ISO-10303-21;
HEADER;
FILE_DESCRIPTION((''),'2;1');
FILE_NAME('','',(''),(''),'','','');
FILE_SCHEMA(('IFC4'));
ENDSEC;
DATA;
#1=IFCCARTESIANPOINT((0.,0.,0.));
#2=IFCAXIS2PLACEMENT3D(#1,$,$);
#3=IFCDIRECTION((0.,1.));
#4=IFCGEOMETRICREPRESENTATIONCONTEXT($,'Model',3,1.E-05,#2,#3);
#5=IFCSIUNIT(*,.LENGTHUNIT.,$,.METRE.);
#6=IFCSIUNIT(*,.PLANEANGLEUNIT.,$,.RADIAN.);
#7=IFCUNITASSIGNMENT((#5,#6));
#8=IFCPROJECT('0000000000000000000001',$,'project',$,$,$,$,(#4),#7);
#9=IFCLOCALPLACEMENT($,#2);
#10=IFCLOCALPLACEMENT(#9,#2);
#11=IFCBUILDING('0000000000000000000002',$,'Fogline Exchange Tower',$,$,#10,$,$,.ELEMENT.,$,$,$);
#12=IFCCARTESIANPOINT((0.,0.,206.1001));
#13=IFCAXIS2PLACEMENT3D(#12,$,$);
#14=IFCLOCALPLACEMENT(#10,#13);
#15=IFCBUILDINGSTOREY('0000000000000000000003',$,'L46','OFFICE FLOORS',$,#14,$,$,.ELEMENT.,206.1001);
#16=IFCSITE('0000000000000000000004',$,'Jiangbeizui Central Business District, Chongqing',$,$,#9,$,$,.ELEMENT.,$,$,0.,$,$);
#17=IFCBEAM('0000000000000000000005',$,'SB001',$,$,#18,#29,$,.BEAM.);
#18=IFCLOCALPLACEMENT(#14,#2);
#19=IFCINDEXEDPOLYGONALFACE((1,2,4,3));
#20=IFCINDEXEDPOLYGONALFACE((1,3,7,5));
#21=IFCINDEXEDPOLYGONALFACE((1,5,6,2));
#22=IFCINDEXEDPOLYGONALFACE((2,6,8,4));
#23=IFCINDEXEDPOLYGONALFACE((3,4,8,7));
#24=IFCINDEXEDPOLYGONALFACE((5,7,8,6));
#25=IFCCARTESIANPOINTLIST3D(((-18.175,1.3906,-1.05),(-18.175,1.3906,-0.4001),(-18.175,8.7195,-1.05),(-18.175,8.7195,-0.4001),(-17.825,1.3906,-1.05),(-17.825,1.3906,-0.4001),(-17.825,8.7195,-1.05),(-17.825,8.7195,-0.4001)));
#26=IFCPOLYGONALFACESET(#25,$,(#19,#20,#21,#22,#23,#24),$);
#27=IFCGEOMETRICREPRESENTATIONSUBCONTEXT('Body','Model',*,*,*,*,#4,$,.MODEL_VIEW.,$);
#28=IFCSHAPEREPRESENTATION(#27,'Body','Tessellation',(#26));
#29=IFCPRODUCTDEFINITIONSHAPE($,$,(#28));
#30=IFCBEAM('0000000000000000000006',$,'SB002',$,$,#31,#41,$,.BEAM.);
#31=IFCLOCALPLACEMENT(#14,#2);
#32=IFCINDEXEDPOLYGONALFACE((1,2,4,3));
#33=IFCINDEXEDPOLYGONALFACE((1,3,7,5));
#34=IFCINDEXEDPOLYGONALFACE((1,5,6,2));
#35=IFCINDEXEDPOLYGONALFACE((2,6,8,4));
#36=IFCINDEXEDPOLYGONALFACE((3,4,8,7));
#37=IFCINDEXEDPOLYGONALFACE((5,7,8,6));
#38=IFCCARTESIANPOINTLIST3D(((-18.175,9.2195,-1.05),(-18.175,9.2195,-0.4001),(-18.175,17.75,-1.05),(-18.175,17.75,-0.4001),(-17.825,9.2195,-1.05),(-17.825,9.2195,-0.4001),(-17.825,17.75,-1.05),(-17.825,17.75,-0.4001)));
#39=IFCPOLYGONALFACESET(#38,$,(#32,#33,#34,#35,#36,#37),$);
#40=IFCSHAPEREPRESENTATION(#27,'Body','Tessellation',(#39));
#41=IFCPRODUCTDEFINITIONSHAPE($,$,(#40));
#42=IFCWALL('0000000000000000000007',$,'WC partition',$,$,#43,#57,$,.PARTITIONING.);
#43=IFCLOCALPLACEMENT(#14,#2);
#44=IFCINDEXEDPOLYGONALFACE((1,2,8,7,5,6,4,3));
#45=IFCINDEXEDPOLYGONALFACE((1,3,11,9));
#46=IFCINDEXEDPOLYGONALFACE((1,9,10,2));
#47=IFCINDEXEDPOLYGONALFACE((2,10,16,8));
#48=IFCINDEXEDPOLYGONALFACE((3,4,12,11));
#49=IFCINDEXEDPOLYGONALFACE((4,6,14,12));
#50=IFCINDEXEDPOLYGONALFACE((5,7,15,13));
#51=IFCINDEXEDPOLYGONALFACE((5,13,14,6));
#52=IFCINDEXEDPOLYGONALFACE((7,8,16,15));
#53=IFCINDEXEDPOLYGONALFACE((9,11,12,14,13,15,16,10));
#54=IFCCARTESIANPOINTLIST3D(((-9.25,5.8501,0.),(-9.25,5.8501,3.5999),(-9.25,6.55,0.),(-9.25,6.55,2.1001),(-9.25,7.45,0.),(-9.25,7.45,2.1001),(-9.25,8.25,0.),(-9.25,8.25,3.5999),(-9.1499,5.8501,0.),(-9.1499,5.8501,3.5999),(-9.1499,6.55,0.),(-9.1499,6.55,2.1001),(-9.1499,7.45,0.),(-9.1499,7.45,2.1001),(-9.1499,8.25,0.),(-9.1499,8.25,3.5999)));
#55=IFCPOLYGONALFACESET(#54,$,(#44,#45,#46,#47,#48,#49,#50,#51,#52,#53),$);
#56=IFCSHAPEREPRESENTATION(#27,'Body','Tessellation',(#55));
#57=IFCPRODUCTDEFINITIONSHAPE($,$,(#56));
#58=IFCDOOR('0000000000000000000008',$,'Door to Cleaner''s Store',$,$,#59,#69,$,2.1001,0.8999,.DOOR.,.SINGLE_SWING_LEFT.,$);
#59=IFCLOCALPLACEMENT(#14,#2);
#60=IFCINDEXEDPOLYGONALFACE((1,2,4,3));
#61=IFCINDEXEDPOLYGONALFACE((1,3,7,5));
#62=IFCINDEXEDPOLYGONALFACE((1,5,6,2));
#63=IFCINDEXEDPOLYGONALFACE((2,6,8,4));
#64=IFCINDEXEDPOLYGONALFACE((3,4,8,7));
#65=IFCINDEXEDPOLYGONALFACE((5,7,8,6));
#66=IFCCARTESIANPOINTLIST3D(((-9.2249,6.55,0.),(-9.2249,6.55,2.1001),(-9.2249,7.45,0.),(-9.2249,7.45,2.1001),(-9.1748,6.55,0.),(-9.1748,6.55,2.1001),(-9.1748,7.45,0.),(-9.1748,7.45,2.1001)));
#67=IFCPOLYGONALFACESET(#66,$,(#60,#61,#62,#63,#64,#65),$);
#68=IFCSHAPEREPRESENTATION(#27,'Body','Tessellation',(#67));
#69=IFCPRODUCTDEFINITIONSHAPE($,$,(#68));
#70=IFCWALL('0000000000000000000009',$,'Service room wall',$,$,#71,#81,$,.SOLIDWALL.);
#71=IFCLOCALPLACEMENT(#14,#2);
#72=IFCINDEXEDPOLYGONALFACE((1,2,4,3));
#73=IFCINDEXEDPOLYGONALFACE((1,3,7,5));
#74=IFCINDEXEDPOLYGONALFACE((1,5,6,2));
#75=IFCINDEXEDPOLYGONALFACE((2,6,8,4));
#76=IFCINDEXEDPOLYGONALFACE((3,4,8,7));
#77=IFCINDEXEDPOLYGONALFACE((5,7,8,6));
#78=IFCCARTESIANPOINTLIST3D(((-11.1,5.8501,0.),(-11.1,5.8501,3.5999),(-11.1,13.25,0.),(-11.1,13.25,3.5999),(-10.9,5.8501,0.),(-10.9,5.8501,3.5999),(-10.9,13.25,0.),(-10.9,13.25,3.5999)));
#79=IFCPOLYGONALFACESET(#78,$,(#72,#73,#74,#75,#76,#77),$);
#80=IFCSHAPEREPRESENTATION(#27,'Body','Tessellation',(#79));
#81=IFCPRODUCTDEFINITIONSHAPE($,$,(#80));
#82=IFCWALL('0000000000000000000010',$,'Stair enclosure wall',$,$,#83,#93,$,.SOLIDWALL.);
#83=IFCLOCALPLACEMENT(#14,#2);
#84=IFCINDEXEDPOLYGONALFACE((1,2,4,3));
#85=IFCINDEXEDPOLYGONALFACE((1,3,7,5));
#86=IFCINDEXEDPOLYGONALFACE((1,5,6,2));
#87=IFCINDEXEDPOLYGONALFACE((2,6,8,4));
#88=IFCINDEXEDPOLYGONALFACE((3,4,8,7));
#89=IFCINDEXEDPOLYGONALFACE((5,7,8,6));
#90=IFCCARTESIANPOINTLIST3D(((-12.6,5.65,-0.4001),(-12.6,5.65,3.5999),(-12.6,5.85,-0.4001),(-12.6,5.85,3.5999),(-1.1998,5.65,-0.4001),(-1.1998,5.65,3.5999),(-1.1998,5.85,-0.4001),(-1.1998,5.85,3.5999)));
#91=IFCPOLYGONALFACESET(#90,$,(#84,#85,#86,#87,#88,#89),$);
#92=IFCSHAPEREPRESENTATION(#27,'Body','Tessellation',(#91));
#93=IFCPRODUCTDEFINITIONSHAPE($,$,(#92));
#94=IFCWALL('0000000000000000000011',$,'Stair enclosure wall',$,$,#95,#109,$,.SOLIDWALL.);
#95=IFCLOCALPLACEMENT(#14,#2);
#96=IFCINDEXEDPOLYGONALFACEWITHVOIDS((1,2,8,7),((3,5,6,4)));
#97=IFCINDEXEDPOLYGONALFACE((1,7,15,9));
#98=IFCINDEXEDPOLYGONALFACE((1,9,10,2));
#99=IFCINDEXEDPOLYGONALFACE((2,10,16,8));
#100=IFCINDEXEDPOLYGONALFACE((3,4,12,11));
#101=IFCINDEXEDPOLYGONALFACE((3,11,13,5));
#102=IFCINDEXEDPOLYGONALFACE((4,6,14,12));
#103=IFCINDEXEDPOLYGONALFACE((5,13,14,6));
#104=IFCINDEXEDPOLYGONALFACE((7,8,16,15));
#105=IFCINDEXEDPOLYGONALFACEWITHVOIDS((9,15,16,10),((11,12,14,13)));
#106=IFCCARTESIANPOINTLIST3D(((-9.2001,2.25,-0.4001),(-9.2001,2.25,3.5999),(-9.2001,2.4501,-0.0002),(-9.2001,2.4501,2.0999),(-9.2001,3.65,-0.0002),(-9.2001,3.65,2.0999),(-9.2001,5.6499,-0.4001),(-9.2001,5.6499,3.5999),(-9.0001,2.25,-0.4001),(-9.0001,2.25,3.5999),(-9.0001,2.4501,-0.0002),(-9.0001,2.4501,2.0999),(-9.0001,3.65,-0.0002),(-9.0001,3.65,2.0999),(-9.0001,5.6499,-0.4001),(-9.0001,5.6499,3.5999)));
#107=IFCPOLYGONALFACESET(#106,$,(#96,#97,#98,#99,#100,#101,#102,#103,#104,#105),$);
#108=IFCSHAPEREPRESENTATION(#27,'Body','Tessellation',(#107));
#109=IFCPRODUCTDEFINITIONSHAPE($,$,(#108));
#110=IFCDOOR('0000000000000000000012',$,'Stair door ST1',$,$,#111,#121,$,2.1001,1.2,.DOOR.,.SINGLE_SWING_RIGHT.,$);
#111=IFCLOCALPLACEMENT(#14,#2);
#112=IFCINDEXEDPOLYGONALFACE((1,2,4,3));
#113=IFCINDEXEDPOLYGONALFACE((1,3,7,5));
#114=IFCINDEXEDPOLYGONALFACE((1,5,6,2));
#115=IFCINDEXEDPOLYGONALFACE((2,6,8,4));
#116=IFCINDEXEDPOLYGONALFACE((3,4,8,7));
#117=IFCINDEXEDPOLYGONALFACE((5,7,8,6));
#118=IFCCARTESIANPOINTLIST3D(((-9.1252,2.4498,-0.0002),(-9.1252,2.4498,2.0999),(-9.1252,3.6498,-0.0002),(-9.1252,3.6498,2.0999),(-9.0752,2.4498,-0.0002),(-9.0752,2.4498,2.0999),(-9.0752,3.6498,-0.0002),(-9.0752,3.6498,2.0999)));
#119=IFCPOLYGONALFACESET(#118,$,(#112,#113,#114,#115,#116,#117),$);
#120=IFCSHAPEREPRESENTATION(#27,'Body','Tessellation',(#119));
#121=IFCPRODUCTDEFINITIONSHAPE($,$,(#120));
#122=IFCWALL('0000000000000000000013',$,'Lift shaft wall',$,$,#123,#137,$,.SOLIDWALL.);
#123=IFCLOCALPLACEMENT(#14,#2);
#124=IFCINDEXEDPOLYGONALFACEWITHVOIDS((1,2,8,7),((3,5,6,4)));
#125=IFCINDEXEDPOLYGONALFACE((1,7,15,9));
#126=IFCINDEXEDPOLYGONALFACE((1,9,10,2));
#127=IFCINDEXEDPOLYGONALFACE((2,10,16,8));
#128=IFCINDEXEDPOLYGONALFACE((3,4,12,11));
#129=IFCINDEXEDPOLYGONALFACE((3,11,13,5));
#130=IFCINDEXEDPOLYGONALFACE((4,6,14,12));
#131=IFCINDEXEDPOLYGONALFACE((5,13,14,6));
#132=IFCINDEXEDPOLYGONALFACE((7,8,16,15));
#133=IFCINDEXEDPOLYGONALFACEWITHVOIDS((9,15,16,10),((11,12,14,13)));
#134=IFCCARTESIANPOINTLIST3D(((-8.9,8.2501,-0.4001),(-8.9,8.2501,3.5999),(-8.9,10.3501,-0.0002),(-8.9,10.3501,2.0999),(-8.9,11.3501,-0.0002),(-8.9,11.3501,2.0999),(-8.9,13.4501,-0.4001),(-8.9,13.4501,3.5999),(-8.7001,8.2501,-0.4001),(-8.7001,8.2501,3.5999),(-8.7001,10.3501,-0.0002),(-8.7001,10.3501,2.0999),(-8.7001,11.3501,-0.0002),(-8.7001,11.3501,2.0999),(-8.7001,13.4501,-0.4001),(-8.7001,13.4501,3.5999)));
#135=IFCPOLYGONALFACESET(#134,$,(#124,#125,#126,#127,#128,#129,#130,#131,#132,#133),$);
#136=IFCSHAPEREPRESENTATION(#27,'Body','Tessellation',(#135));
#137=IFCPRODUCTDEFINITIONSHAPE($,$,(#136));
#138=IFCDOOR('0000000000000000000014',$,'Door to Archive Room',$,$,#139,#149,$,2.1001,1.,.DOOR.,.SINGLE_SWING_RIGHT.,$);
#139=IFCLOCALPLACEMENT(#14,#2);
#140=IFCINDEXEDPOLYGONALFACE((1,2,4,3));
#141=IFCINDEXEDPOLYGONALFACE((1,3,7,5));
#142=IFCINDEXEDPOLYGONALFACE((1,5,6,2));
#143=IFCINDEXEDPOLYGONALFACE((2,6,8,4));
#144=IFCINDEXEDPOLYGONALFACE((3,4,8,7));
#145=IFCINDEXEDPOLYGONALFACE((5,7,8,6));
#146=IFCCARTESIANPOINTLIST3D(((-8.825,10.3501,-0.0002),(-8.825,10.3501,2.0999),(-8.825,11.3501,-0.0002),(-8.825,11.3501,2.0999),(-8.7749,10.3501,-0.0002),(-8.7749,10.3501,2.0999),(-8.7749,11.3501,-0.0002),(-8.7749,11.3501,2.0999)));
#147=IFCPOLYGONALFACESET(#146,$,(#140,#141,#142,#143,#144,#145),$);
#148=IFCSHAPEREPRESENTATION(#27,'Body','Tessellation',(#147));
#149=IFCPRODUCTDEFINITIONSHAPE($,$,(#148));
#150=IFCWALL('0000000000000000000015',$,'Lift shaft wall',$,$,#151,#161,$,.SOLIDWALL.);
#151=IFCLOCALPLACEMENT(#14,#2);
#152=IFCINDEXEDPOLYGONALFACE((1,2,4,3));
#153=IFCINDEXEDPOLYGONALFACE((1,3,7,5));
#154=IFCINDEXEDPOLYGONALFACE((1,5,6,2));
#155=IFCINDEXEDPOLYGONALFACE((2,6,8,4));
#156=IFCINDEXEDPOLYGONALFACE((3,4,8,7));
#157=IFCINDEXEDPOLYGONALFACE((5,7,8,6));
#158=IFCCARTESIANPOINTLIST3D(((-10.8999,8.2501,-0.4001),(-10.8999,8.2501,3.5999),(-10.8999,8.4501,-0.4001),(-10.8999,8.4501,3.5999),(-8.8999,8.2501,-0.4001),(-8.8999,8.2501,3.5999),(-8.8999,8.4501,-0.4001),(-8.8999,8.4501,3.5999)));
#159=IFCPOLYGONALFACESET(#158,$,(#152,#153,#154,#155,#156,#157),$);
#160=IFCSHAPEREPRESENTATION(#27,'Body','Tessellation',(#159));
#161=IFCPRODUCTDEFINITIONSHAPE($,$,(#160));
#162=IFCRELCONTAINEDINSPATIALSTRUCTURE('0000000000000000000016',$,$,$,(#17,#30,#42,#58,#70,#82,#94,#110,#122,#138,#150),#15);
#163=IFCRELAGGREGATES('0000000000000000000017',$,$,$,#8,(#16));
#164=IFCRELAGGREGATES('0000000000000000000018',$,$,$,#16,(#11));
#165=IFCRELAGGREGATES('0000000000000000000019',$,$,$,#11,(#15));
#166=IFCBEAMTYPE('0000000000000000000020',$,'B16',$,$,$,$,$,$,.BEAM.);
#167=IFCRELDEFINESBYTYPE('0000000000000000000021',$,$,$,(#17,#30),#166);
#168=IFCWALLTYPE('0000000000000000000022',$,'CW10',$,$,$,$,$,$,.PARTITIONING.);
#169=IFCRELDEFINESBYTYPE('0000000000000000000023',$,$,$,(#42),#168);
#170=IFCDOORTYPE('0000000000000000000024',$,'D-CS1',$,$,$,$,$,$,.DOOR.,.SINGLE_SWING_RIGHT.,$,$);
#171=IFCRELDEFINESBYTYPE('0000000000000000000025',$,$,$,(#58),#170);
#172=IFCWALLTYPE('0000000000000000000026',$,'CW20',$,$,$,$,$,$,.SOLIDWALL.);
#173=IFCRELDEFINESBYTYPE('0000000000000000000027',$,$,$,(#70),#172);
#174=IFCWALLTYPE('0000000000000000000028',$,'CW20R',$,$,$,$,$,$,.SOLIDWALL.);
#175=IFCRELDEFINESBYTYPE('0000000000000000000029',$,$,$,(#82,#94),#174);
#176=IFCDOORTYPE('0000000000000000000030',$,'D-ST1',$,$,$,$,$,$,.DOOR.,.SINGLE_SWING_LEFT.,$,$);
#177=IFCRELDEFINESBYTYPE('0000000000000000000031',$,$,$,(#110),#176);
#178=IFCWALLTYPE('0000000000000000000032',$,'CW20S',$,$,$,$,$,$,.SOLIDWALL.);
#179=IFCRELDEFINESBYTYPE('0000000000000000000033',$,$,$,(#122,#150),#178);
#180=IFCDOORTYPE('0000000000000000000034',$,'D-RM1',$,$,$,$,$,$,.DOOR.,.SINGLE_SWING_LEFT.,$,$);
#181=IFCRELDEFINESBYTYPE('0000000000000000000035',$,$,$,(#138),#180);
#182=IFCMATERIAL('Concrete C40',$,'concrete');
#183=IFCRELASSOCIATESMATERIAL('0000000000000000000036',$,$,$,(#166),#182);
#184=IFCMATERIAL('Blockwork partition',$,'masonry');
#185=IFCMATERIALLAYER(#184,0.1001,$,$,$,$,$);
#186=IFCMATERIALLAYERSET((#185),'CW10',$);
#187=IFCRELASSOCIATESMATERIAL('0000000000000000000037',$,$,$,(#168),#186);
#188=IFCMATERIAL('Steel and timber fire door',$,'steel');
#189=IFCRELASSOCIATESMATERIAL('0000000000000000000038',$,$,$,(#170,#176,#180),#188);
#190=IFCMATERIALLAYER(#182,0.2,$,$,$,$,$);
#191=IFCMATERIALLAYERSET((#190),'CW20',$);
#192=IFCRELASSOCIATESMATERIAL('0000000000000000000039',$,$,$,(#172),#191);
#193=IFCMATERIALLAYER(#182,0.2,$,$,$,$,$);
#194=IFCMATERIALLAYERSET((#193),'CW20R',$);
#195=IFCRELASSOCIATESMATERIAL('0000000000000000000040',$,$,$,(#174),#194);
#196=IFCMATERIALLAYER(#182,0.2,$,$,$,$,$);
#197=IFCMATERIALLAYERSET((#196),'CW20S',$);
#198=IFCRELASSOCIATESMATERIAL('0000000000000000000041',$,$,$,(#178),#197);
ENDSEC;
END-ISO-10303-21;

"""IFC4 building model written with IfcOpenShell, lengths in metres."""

from ifc_helpers import new_model, si_unit, direction, frame, frame_2d, origin, origin_2d, place, context, subcontext, project, spatial, rectangle, extrude, material, layer, layer_set, material_profile, profile_set, type_object, element, fill, save


model = new_model("IFC4")

# Units and contexts
model_context = context("Model", 3, precision=1e-05, world=origin(), true_north=direction((0.0, 1.0)))
body_context = subcontext(model_context, "Body", "Model", "MODEL_VIEW")
ifc_project = project(units=[si_unit("LENGTHUNIT", "METRE"), si_unit("PLANEANGLEUNIT", "RADIAN")], contexts=[model_context])

# Site, building, storey
site_placement = place(None, origin())
site = spatial("IfcSite", under=ifc_project, at=site_placement, Name="Jiangbeizui Central Business District, Chongqing", CompositionType="ELEMENT", RefElevation=0.0)
building_placement = place(site_placement, origin())
building = spatial("IfcBuilding", under=site, at=building_placement, Name="Fogline Exchange Tower", CompositionType="ELEMENT")
storey_placement = place(building_placement, frame((0.0, 0.0, 206.1001)))
storey = spatial("IfcBuildingStorey", under=building, at=storey_placement, Name="L46", Description="OFFICE FLOORS", CompositionType="ELEMENT", Elevation=206.1001)

# Beams
ifc_material_1 = material(Name="Concrete C40", Category="concrete")
ifc_material_profile = material_profile(ifc_material_1, rectangle(XDim=0.3501, YDim=0.6499, at=origin_2d()), Name="RC 350x650")
ifc_profile_set = profile_set([ifc_material_profile], Name="Concrete C40")
beam_type = type_object("IfcBeamType", Name="B16", PredefinedType="BEAM", material=ifc_profile_set)
beam_1_placement = place(storey_placement, frame((-18.0, 1.3906, -0.7251), z_axis=(0.0, 1.0, 0.0), x_axis=(-1.0, 0.0, 0.0)))
element("IfcBeam", 1, at=beam_1_placement, inside=storey, type_object=beam_type, Name="SB001", PredefinedType="BEAM", context=body_context, shape_type="SweptSolid", body=[
    extrude(rectangle(XDim=0.3501, YDim=0.6499, at=origin_2d()), origin(), (0.0, 0.0, 1.0), 7.3289),
])
beam_2_placement = place(storey_placement, frame((-18.0, 9.2195, -0.7251), z_axis=(0.0, 1.0, 0.0), x_axis=(-1.0, 0.0, 0.0)))
element("IfcBeam", 2, at=beam_2_placement, inside=storey, type_object=beam_type, Name="SB002", PredefinedType="BEAM", context=body_context, shape_type="SweptSolid", body=[
    extrude(rectangle(XDim=0.3501, YDim=0.6499, at=origin_2d()), origin(), (0.0, 0.0, 1.0), 8.5305),
])

# Wall, opening, door
ifc_material_2 = material(Name="Blockwork partition", Category="masonry")
ifc_layer_1 = layer(ifc_material_2, 0.1001)
ifc_layer_set_1 = layer_set([ifc_layer_1], Name="CW10")
wall_type_1 = type_object("IfcWallType", Name="CW10", PredefinedType="PARTITIONING", material=ifc_layer_set_1)
wall_1_placement = place(storey_placement, frame((-9.2, 5.8501, 0.0), z_axis=(0.0, 0.0, 1.0), x_axis=(0.0, 1.0, 0.0)))
wall_1 = element("IfcWall", 3, at=wall_1_placement, inside=storey, type_object=wall_type_1, Name="WC partition", PredefinedType="PARTITIONING", context=body_context, shape_type="SweptSolid", body=[
    extrude(rectangle(XDim=2.3999, YDim=0.1001, at=frame_2d((1.2, 0.0))), origin(), (0.0, 0.0, 1.0), 3.5999),
])
opening_1_placement = place(wall_1_placement, frame((0.7, 0.0, 0.0)))
opening_1 = element("IfcOpeningElement", 4, at=opening_1_placement, cuts=wall_1, PredefinedType="OPENING", context=body_context, shape_type="SweptSolid", body=[
    extrude(rectangle(XDim=0.8999, YDim=2.1001, at=frame_2d((0.45, 1.05))), frame((0.0, 0.0601, 0.0), z_axis=(0.0, -1.0, 0.0), x_axis=(1.0, 0.0, 0.0)), (0.0, 0.0, 1.0), 0.1201),
])
ifc_material_3 = material(Name="Steel and timber fire door", Category="steel")
door_type_1 = type_object("IfcDoorType", Name="D-CS1", OperationType="SINGLE_SWING_RIGHT", PredefinedType="DOOR", material=ifc_material_3)
door_1_placement = place(opening_1_placement, origin())
door_1 = element("IfcDoor", 5, at=door_1_placement, inside=storey, type_object=door_type_1, Name="Door to Cleaner's Store", OperationType="SINGLE_SWING_LEFT", OverallHeight=2.1001, OverallWidth=0.8999, PredefinedType="DOOR", context=body_context, shape_type="SweptSolid", body=[
    extrude(rectangle(XDim=0.8999, YDim=2.1001, at=frame_2d((0.45, 1.05))), frame((0.0, 0.0249, 0.0), z_axis=(0.0, -1.0, 0.0), x_axis=(1.0, 0.0, 0.0)), (0.0, 0.0, 1.0), 0.05),
])
fill(opening_1, door_1)

# Walls
ifc_layer_2 = layer(ifc_material_1, 0.2)
ifc_layer_set_2 = layer_set([ifc_layer_2], Name="CW20")
wall_type_2 = type_object("IfcWallType", Name="CW20", PredefinedType="SOLIDWALL", material=ifc_layer_set_2)
wall_2_placement = place(storey_placement, frame((-11.0, 5.8501, 0.0), z_axis=(0.0, 0.0, 1.0), x_axis=(0.0, 1.0, 0.0)))
element("IfcWall", 6, at=wall_2_placement, inside=storey, type_object=wall_type_2, Name="Service room wall", PredefinedType="SOLIDWALL", context=body_context, shape_type="SweptSolid", body=[
    extrude(rectangle(XDim=7.3999, YDim=0.2, at=frame_2d((3.7, 0.0))), origin(), (0.0, 0.0, 1.0), 3.5999),
])
ifc_layer_3 = layer(ifc_material_1, 0.2)
ifc_layer_set_3 = layer_set([ifc_layer_3], Name="CW20R")
wall_type_3 = type_object("IfcWallType", Name="CW20R", PredefinedType="SOLIDWALL", material=ifc_layer_set_3)
wall_3_placement = place(storey_placement, frame((-12.6001, 5.75, -0.4001), z_axis=(0.0, 0.0, 1.0), x_axis=(1.0, 0.0, 0.0)))
element("IfcWall", 7, at=wall_3_placement, inside=storey, type_object=wall_type_3, Name="Stair enclosure wall", PredefinedType="SOLIDWALL", context=body_context, shape_type="SweptSolid", body=[
    extrude(rectangle(XDim=11.4001, YDim=0.2, at=frame_2d((5.7002, 0.0))), origin(), (0.0, 0.0, 1.0), 4.0),
])

# Walls, openings, doors
wall_4_placement = place(storey_placement, frame((-9.1001, 2.25, -0.4001), z_axis=(0.0, 0.0, 1.0), x_axis=(0.0, 1.0, 0.0)))
wall_4 = element("IfcWall", 8, at=wall_4_placement, inside=storey, type_object=wall_type_3, Name="Stair enclosure wall", PredefinedType="SOLIDWALL", context=body_context, shape_type="SweptSolid", body=[
    extrude(rectangle(XDim=3.3999, YDim=0.2, at=frame_2d((1.7, 0.0))), origin(), (0.0, 0.0, 1.0), 4.0),
])
opening_2_placement = place(wall_4_placement, frame((0.2, 0.0, 0.3999)))
opening_2 = element("IfcOpeningElement", 9, at=opening_2_placement, cuts=wall_4, PredefinedType="OPENING", context=body_context, shape_type="SweptSolid", body=[
    extrude(rectangle(XDim=1.2, YDim=2.1001, at=frame_2d((0.6001, 1.05))), frame((0.0, 0.1099, 0.0), z_axis=(0.0, -1.0, 0.0), x_axis=(1.0, 0.0, 0.0)), (0.0, 0.0, 1.0), 0.22),
])
door_type_2 = type_object("IfcDoorType", Name="D-ST1", OperationType="SINGLE_SWING_LEFT", PredefinedType="DOOR", material=ifc_material_3)
door_2_placement = place(opening_2_placement, frame((1.2, 0.0, 0.0), z_axis=(0.0, 0.0, 1.0), x_axis=(-1.0, 0.0, 0.0)))
door_2 = element("IfcDoor", 10, at=door_2_placement, inside=storey, type_object=door_type_2, Name="Stair door ST1", OperationType="SINGLE_SWING_RIGHT", OverallHeight=2.1001, OverallWidth=1.2, PredefinedType="DOOR", context=body_context, shape_type="SweptSolid", body=[
    extrude(rectangle(XDim=1.2, YDim=2.1001, at=frame_2d((0.6001, 1.05))), frame((0.0, 0.0249, 0.0), z_axis=(0.0, -1.0, 0.0), x_axis=(1.0, 0.0, 0.0)), (0.0, 0.0, 1.0), 0.05),
])
fill(opening_2, door_2)
ifc_layer_4 = layer(ifc_material_1, 0.2)
ifc_layer_set_4 = layer_set([ifc_layer_4], Name="CW20S")
wall_type_4 = type_object("IfcWallType", Name="CW20S", PredefinedType="SOLIDWALL", material=ifc_layer_set_4)
wall_5_placement = place(storey_placement, frame((-8.8, 8.25, -0.4001), z_axis=(0.0, 0.0, 1.0), x_axis=(0.0, 1.0, 0.0)))
wall_5 = element("IfcWall", 11, at=wall_5_placement, inside=storey, type_object=wall_type_4, Name="Lift shaft wall", PredefinedType="SOLIDWALL", context=body_context, shape_type="SweptSolid", body=[
    extrude(rectangle(XDim=5.2, YDim=0.2, at=frame_2d((2.6001, 0.0))), origin(), (0.0, 0.0, 1.0), 4.0),
])
opening_3_placement = place(wall_5_placement, frame((2.1001, 0.0, 0.3999)))
opening_3 = element("IfcOpeningElement", 12, at=opening_3_placement, cuts=wall_5, PredefinedType="OPENING", context=body_context, shape_type="SweptSolid", body=[
    extrude(rectangle(XDim=1.0, YDim=2.1001, at=frame_2d((0.5, 1.05))), frame((0.0, 0.1099, 0.0), z_axis=(0.0, -1.0, 0.0), x_axis=(1.0, 0.0, 0.0)), (0.0, 0.0, 1.0), 0.22),
])
door_type_3 = type_object("IfcDoorType", Name="D-RM1", OperationType="SINGLE_SWING_LEFT", PredefinedType="DOOR", material=ifc_material_3)
door_3_placement = place(opening_3_placement, origin())
door_3 = element("IfcDoor", 13, at=door_3_placement, inside=storey, type_object=door_type_3, Name="Door to Archive Room", OperationType="SINGLE_SWING_RIGHT", OverallHeight=2.1001, OverallWidth=1.0, PredefinedType="DOOR", context=body_context, shape_type="SweptSolid", body=[
    extrude(rectangle(XDim=1.0, YDim=2.1001, at=frame_2d((0.5, 1.05))), frame((0.0, 0.0249, 0.0), z_axis=(0.0, -1.0, 0.0), x_axis=(1.0, 0.0, 0.0)), (0.0, 0.0, 1.0), 0.05),
])
fill(opening_3, door_3)

# Wall
wall_6_placement = place(storey_placement, frame((-10.8999, 8.3501, -0.4001), z_axis=(0.0, 0.0, 1.0), x_axis=(1.0, 0.0, 0.0)))
element("IfcWall", 14, at=wall_6_placement, inside=storey, type_object=wall_type_4, Name="Lift shaft wall", PredefinedType="SOLIDWALL", context=body_context, shape_type="SweptSolid", body=[
    extrude(rectangle(XDim=2.0, YDim=0.2, at=frame_2d((1.0, 0.0))), origin(), (0.0, 0.0, 1.0), 4.0),
])

save(model, "model.ifc")
